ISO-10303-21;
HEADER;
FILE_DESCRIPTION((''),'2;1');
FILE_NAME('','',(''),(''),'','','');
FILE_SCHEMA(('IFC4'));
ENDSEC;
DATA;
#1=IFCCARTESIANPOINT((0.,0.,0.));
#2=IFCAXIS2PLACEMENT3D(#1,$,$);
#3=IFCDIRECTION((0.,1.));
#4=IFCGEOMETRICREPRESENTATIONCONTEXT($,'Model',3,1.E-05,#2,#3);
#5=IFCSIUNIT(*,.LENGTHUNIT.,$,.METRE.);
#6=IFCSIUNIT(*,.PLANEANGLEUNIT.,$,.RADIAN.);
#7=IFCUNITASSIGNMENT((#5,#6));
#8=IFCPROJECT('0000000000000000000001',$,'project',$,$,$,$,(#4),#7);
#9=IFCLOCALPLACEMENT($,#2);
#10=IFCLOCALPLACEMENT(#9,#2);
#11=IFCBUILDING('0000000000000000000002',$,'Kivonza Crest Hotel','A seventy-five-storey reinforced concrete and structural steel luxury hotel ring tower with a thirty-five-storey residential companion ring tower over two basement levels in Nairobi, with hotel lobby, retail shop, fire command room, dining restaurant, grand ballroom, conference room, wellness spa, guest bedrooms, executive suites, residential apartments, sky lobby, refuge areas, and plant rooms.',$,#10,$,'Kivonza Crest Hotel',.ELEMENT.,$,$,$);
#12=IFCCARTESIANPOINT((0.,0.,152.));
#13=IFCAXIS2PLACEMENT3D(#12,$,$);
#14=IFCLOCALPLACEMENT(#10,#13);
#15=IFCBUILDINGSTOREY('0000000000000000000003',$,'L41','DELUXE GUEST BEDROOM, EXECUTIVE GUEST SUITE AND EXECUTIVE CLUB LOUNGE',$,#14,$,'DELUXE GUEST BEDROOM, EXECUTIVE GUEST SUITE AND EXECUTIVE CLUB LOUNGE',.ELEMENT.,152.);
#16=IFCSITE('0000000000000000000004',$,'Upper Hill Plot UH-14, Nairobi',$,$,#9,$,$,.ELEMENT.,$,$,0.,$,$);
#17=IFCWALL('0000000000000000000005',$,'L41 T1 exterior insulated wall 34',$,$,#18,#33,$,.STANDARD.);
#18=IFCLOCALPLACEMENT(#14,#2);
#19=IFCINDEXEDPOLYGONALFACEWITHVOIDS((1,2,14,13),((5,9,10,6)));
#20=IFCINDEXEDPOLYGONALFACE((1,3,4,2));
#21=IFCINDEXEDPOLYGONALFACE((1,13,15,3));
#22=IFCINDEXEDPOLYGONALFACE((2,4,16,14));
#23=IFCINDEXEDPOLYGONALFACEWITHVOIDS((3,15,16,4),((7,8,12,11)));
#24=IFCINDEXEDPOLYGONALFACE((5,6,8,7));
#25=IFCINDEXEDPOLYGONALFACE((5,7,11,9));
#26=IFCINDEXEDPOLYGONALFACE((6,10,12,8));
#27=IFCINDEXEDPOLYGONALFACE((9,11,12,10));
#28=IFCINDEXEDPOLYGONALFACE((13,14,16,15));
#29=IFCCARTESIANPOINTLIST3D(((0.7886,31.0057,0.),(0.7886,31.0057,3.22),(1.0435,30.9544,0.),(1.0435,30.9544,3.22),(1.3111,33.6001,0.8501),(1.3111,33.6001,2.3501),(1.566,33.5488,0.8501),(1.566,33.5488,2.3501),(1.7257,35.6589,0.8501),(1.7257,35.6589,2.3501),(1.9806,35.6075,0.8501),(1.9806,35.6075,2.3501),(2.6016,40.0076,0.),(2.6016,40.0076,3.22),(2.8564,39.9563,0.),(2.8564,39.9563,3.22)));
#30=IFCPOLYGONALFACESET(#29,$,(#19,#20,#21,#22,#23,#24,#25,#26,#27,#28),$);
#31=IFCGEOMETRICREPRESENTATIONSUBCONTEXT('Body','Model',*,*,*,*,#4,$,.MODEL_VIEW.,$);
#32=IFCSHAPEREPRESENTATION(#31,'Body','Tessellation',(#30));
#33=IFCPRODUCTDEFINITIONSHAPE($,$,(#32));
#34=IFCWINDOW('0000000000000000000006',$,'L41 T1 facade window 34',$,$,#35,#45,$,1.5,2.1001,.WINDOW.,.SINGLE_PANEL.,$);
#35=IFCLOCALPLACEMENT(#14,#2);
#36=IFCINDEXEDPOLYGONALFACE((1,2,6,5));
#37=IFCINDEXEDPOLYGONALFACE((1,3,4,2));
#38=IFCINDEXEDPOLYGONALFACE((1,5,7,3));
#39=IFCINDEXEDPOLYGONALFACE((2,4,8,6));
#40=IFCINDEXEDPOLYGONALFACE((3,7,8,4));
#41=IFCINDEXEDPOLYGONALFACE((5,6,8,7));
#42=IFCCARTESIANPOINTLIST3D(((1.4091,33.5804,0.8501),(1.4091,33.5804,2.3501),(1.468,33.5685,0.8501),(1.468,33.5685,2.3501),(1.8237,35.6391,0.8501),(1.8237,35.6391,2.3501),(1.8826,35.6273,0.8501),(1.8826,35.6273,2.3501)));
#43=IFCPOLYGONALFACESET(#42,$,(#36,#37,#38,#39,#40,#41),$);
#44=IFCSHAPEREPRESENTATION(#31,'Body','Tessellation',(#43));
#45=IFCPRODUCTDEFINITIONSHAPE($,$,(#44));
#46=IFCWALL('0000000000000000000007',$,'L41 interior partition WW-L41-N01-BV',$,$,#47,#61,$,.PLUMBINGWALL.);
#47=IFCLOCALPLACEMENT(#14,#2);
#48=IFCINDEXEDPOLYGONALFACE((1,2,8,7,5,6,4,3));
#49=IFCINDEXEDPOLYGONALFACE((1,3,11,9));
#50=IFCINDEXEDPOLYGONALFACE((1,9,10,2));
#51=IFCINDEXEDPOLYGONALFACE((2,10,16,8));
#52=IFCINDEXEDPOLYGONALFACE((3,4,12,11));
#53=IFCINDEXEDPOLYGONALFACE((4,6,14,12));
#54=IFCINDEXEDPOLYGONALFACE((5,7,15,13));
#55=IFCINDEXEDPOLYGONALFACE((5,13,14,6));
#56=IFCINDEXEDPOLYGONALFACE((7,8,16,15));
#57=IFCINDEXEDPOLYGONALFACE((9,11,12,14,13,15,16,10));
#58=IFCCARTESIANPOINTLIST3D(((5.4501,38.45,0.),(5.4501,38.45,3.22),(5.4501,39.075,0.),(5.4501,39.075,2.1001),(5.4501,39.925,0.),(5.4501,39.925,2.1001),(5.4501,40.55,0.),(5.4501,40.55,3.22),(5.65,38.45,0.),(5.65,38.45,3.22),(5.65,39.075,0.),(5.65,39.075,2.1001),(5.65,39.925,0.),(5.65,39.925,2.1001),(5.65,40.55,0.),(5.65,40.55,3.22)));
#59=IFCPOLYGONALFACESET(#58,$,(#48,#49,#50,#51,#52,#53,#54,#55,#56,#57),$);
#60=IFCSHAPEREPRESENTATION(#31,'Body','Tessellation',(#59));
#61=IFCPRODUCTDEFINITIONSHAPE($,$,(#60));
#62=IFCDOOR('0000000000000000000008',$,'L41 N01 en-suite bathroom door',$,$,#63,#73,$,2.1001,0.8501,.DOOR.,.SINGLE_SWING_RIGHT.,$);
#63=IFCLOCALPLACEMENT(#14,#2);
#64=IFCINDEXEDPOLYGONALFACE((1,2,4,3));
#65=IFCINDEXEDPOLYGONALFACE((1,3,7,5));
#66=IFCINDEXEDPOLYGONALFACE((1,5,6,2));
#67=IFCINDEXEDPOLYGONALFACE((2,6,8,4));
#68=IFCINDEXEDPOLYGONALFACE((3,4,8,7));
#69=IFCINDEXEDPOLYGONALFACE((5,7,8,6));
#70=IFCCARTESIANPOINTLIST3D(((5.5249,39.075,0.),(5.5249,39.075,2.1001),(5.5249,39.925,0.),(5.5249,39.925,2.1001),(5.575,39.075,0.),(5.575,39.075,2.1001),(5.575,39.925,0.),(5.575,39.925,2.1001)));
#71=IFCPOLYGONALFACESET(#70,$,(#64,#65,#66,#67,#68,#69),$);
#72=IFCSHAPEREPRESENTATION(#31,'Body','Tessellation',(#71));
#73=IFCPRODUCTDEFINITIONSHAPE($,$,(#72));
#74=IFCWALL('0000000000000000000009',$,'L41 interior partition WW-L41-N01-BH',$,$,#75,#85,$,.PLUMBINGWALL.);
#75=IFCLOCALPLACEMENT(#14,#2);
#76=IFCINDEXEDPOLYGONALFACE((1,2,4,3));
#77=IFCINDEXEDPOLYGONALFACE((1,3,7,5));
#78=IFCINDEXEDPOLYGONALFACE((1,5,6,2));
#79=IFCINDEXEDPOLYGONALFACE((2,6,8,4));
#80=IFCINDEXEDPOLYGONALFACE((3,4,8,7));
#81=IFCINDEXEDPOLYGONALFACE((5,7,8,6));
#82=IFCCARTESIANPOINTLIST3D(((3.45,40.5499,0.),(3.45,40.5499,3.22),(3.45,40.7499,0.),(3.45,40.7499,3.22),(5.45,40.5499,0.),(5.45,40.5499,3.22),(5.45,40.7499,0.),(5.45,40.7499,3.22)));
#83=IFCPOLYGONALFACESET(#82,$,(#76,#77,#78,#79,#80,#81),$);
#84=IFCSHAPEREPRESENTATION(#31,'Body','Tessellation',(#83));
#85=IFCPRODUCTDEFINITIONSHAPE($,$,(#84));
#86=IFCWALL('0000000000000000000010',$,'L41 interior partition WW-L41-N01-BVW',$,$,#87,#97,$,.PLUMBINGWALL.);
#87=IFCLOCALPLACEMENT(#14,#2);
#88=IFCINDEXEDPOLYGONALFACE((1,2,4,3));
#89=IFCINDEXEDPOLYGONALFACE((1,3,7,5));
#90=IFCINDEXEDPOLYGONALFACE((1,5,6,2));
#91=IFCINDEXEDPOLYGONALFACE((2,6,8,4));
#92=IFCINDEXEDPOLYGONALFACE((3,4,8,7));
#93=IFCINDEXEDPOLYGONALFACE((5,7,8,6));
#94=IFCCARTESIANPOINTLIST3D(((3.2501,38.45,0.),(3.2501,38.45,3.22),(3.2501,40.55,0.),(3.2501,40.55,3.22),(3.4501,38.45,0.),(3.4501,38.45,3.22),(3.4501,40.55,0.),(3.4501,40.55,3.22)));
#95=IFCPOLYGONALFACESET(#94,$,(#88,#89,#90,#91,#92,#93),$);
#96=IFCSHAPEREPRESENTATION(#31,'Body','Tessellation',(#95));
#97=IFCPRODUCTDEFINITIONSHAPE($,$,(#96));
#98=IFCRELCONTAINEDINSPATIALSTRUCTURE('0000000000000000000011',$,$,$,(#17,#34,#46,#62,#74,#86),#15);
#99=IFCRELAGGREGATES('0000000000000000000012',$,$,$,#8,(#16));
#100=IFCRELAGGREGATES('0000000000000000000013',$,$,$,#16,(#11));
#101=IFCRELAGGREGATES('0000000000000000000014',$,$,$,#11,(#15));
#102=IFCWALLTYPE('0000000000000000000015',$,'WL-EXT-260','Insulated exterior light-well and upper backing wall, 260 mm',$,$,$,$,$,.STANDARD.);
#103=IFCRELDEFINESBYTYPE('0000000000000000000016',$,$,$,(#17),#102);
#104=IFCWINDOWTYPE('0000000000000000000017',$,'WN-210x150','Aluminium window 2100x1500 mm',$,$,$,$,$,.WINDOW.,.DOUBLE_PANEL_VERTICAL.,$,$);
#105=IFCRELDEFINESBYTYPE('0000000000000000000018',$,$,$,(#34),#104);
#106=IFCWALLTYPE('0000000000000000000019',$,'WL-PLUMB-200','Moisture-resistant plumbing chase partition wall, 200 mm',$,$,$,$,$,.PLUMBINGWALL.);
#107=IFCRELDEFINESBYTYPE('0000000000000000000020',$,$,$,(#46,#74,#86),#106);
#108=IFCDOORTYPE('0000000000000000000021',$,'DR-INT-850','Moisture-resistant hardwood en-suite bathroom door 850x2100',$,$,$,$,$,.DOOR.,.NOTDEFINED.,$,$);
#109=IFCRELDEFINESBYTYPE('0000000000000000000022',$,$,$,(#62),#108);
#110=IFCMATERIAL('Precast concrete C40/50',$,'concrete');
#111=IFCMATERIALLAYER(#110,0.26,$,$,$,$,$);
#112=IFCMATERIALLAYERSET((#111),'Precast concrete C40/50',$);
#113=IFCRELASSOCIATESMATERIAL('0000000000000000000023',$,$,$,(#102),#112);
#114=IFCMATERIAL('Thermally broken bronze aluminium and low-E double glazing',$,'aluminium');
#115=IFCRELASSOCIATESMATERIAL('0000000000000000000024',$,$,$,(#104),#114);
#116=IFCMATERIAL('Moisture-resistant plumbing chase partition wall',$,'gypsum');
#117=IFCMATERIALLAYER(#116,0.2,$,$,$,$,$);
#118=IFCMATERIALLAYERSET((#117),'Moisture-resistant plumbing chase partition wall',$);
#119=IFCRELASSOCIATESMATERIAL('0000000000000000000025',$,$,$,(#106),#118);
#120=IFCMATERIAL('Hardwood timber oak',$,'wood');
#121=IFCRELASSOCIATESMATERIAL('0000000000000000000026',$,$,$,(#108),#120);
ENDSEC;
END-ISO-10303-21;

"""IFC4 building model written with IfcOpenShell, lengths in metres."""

from ifc_helpers import new_model, si_unit, direction, frame, frame_2d, origin, place, context, subcontext, project, spatial, rectangle, extrude, material, layer, layer_set, type_object, element, fill, save


model = new_model("IFC4")

# Units and contexts
model_context = context("Model", 3, precision=1e-05, world=origin(), true_north=direction((0.0, 1.0)))
body_context = subcontext(model_context, "Body", "Model", "MODEL_VIEW")
ifc_project = project(units=[si_unit("LENGTHUNIT", "METRE"), si_unit("PLANEANGLEUNIT", "RADIAN")], contexts=[model_context])

# Site, building, storey
site_placement = place(None, origin())
site = spatial("IfcSite", under=ifc_project, at=site_placement, Name="Upper Hill Plot UH-14, Nairobi", CompositionType="ELEMENT", RefElevation=0.0)
building_placement = place(site_placement, origin())
building = spatial("IfcBuilding", under=site, at=building_placement, Name="Kivonza Crest Hotel", Description="A seventy-five-storey reinforced concrete and structural steel luxury hotel ring tower with a thirty-five-storey residential companion ring tower over two basement levels in Nairobi, with hotel lobby, retail shop, fire command room, dining restaurant, grand ballroom, conference room, wellness spa, guest bedrooms, executive suites, residential apartments, sky lobby, refuge areas, and plant rooms.", LongName="Kivonza Crest Hotel", CompositionType="ELEMENT")
storey_placement = place(building_placement, frame((0.0, 0.0, 152.0)))
storey = spatial("IfcBuildingStorey", under=building, at=storey_placement, Name="L41", Description="DELUXE GUEST BEDROOM, EXECUTIVE GUEST SUITE AND EXECUTIVE CLUB LOUNGE", LongName="DELUXE GUEST BEDROOM, EXECUTIVE GUEST SUITE AND EXECUTIVE CLUB LOUNGE", CompositionType="ELEMENT", Elevation=152.0)

# Shared definitions
ifc_material_1 = material(Name="Hardwood timber oak", Category="wood")

# Shared definitions
ifc_material_2 = material(Name="Precast concrete C40/50", Category="concrete")
ifc_layer_1 = layer(ifc_material_2, 0.26)
ifc_layer_set_1 = layer_set([ifc_layer_1], Name="Precast concrete C40/50")
wall_type_1 = type_object("IfcWallType", Name="WL-EXT-260", Description="Insulated exterior light-well and upper backing wall, 260 mm", PredefinedType="STANDARD", material=ifc_layer_set_1)

# Wall, opening, window
ifc_material_3 = material(Name="Thermally broken bronze aluminium and low-E double glazing", Category="aluminium")
wall_1_placement = place(storey_placement, frame((2.729, 39.9819, 0.0), z_axis=(0.0, 0.0, 1.0), x_axis=(-0.197435, -0.980316, 0.0)))
wall_1 = element("IfcWall", 1, at=wall_1_placement, inside=storey, type_object=wall_type_1, Name="L41 T1 exterior insulated wall 34", PredefinedType="STANDARD", context=body_context, shape_type="SweptSolid", body=[
    extrude(rectangle(XDim=9.1826, YDim=0.26, at=frame_2d((4.5913, 0.0))), origin(), (0.0, 0.0, 1.0), 3.22),
])
opening_1_placement = place(wall_1_placement, frame((4.436, 0.0, 0.8501)))
opening_1 = element("IfcOpeningElement", 2, at=opening_1_placement, cuts=wall_1, PredefinedType="OPENING", context=body_context, shape_type="SweptSolid", body=[
    extrude(rectangle(XDim=2.1001, YDim=1.5, at=frame_2d((1.05, 0.75))), frame((0.0, 0.1401, 0.0), z_axis=(0.0, -1.0, 0.0), x_axis=(1.0, 0.0, 0.0)), (0.0, 0.0, 1.0), 0.28),
])
window_type_1 = type_object("IfcWindowType", Name="WN-210x150", Description="Aluminium window 2100x1500 mm", PartitioningType="DOUBLE_PANEL_VERTICAL", PredefinedType="WINDOW", material=ifc_material_3)
window_1_placement = place(opening_1_placement, origin())
window_1 = element("IfcWindow", 3, at=window_1_placement, inside=storey, type_object=window_type_1, Name="L41 T1 facade window 34", OverallHeight=1.5, OverallWidth=2.1001, PartitioningType="SINGLE_PANEL", PredefinedType="WINDOW", context=body_context, shape_type="SweptSolid", body=[
    extrude(rectangle(XDim=2.1001, YDim=1.5, at=frame_2d((1.05, 0.75))), frame((0.0, 0.03, 0.0), z_axis=(0.0, -1.0, 0.0), x_axis=(1.0, 0.0, 0.0)), (0.0, 0.0, 1.0), 0.0601),
])
fill(opening_1, window_1)

# Wall, opening, door
ifc_material_4 = material(Name="Moisture-resistant plumbing chase partition wall", Category="gypsum")
ifc_layer_2 = layer(ifc_material_4, 0.2)
ifc_layer_set_2 = layer_set([ifc_layer_2], Name="Moisture-resistant plumbing chase partition wall")
wall_type_2 = type_object("IfcWallType", Name="WL-PLUMB-200", Description="Moisture-resistant plumbing chase partition wall, 200 mm", PredefinedType="PLUMBINGWALL", material=ifc_layer_set_2)
wall_2_placement = place(storey_placement, frame((5.55, 38.45, 0.0), z_axis=(0.0, 0.0, 1.0), x_axis=(0.0, 1.0, 0.0)))
wall_2 = element("IfcWall", 4, at=wall_2_placement, inside=storey, type_object=wall_type_2, Name="L41 interior partition WW-L41-N01-BV", PredefinedType="PLUMBINGWALL", context=body_context, shape_type="SweptSolid", body=[
    extrude(rectangle(XDim=2.1001, YDim=0.2, at=frame_2d((1.05, 0.0))), origin(), (0.0, 0.0, 1.0), 3.22),
])
opening_2_placement = place(wall_2_placement, frame((0.625, 0.0, 0.0)))
opening_2 = element("IfcOpeningElement", 5, at=opening_2_placement, cuts=wall_2, PredefinedType="OPENING", context=body_context, shape_type="SweptSolid", body=[
    extrude(rectangle(XDim=0.8501, YDim=2.1001, at=frame_2d((0.425, 1.05))), frame((0.0, 0.1099, 0.0), z_axis=(0.0, -1.0, 0.0), x_axis=(1.0, 0.0, 0.0)), (0.0, 0.0, 1.0), 0.22),
])
door_type_1 = type_object("IfcDoorType", Name="DR-INT-850", Description="Moisture-resistant hardwood en-suite bathroom door 850x2100", OperationType="NOTDEFINED", PredefinedType="DOOR", material=ifc_material_1)
door_1_placement = place(opening_2_placement, frame((0.8501, 0.0, 0.0), z_axis=(0.0, 0.0, 1.0), x_axis=(-1.0, 0.0, 0.0)))
door_1 = element("IfcDoor", 6, at=door_1_placement, inside=storey, type_object=door_type_1, Name="L41 N01 en-suite bathroom door", OperationType="SINGLE_SWING_RIGHT", OverallHeight=2.1001, OverallWidth=0.8501, PredefinedType="DOOR", context=body_context, shape_type="SweptSolid", body=[
    extrude(rectangle(XDim=0.8501, YDim=2.1001, at=frame_2d((0.425, 1.05))), frame((0.0, 0.0249, 0.0), z_axis=(0.0, -1.0, 0.0), x_axis=(1.0, 0.0, 0.0)), (0.0, 0.0, 1.0), 0.05),
])
fill(opening_2, door_1)

# Walls
wall_3_placement = place(storey_placement, frame((3.45, 40.6499, 0.0), z_axis=(0.0, 0.0, 1.0), x_axis=(1.0, 0.0, 0.0)))
element("IfcWall", 7, at=wall_3_placement, inside=storey, type_object=wall_type_2, Name="L41 interior partition WW-L41-N01-BH", PredefinedType="PLUMBINGWALL", context=body_context, shape_type="SweptSolid", body=[
    extrude(rectangle(XDim=2.0, YDim=0.2, at=frame_2d((1.0, 0.0))), origin(), (0.0, 0.0, 1.0), 3.22),
])
wall_4_placement = place(storey_placement, frame((3.3501, 38.45, 0.0), z_axis=(0.0, 0.0, 1.0), x_axis=(0.0, 1.0, 0.0)))
element("IfcWall", 8, at=wall_4_placement, inside=storey, type_object=wall_type_2, Name="L41 interior partition WW-L41-N01-BVW", PredefinedType="PLUMBINGWALL", context=body_context, shape_type="SweptSolid", body=[
    extrude(rectangle(XDim=2.1001, YDim=0.2, at=frame_2d((1.05, 0.0))), origin(), (0.0, 0.0, 1.0), 3.22),
])

save(model, "model.ifc")
